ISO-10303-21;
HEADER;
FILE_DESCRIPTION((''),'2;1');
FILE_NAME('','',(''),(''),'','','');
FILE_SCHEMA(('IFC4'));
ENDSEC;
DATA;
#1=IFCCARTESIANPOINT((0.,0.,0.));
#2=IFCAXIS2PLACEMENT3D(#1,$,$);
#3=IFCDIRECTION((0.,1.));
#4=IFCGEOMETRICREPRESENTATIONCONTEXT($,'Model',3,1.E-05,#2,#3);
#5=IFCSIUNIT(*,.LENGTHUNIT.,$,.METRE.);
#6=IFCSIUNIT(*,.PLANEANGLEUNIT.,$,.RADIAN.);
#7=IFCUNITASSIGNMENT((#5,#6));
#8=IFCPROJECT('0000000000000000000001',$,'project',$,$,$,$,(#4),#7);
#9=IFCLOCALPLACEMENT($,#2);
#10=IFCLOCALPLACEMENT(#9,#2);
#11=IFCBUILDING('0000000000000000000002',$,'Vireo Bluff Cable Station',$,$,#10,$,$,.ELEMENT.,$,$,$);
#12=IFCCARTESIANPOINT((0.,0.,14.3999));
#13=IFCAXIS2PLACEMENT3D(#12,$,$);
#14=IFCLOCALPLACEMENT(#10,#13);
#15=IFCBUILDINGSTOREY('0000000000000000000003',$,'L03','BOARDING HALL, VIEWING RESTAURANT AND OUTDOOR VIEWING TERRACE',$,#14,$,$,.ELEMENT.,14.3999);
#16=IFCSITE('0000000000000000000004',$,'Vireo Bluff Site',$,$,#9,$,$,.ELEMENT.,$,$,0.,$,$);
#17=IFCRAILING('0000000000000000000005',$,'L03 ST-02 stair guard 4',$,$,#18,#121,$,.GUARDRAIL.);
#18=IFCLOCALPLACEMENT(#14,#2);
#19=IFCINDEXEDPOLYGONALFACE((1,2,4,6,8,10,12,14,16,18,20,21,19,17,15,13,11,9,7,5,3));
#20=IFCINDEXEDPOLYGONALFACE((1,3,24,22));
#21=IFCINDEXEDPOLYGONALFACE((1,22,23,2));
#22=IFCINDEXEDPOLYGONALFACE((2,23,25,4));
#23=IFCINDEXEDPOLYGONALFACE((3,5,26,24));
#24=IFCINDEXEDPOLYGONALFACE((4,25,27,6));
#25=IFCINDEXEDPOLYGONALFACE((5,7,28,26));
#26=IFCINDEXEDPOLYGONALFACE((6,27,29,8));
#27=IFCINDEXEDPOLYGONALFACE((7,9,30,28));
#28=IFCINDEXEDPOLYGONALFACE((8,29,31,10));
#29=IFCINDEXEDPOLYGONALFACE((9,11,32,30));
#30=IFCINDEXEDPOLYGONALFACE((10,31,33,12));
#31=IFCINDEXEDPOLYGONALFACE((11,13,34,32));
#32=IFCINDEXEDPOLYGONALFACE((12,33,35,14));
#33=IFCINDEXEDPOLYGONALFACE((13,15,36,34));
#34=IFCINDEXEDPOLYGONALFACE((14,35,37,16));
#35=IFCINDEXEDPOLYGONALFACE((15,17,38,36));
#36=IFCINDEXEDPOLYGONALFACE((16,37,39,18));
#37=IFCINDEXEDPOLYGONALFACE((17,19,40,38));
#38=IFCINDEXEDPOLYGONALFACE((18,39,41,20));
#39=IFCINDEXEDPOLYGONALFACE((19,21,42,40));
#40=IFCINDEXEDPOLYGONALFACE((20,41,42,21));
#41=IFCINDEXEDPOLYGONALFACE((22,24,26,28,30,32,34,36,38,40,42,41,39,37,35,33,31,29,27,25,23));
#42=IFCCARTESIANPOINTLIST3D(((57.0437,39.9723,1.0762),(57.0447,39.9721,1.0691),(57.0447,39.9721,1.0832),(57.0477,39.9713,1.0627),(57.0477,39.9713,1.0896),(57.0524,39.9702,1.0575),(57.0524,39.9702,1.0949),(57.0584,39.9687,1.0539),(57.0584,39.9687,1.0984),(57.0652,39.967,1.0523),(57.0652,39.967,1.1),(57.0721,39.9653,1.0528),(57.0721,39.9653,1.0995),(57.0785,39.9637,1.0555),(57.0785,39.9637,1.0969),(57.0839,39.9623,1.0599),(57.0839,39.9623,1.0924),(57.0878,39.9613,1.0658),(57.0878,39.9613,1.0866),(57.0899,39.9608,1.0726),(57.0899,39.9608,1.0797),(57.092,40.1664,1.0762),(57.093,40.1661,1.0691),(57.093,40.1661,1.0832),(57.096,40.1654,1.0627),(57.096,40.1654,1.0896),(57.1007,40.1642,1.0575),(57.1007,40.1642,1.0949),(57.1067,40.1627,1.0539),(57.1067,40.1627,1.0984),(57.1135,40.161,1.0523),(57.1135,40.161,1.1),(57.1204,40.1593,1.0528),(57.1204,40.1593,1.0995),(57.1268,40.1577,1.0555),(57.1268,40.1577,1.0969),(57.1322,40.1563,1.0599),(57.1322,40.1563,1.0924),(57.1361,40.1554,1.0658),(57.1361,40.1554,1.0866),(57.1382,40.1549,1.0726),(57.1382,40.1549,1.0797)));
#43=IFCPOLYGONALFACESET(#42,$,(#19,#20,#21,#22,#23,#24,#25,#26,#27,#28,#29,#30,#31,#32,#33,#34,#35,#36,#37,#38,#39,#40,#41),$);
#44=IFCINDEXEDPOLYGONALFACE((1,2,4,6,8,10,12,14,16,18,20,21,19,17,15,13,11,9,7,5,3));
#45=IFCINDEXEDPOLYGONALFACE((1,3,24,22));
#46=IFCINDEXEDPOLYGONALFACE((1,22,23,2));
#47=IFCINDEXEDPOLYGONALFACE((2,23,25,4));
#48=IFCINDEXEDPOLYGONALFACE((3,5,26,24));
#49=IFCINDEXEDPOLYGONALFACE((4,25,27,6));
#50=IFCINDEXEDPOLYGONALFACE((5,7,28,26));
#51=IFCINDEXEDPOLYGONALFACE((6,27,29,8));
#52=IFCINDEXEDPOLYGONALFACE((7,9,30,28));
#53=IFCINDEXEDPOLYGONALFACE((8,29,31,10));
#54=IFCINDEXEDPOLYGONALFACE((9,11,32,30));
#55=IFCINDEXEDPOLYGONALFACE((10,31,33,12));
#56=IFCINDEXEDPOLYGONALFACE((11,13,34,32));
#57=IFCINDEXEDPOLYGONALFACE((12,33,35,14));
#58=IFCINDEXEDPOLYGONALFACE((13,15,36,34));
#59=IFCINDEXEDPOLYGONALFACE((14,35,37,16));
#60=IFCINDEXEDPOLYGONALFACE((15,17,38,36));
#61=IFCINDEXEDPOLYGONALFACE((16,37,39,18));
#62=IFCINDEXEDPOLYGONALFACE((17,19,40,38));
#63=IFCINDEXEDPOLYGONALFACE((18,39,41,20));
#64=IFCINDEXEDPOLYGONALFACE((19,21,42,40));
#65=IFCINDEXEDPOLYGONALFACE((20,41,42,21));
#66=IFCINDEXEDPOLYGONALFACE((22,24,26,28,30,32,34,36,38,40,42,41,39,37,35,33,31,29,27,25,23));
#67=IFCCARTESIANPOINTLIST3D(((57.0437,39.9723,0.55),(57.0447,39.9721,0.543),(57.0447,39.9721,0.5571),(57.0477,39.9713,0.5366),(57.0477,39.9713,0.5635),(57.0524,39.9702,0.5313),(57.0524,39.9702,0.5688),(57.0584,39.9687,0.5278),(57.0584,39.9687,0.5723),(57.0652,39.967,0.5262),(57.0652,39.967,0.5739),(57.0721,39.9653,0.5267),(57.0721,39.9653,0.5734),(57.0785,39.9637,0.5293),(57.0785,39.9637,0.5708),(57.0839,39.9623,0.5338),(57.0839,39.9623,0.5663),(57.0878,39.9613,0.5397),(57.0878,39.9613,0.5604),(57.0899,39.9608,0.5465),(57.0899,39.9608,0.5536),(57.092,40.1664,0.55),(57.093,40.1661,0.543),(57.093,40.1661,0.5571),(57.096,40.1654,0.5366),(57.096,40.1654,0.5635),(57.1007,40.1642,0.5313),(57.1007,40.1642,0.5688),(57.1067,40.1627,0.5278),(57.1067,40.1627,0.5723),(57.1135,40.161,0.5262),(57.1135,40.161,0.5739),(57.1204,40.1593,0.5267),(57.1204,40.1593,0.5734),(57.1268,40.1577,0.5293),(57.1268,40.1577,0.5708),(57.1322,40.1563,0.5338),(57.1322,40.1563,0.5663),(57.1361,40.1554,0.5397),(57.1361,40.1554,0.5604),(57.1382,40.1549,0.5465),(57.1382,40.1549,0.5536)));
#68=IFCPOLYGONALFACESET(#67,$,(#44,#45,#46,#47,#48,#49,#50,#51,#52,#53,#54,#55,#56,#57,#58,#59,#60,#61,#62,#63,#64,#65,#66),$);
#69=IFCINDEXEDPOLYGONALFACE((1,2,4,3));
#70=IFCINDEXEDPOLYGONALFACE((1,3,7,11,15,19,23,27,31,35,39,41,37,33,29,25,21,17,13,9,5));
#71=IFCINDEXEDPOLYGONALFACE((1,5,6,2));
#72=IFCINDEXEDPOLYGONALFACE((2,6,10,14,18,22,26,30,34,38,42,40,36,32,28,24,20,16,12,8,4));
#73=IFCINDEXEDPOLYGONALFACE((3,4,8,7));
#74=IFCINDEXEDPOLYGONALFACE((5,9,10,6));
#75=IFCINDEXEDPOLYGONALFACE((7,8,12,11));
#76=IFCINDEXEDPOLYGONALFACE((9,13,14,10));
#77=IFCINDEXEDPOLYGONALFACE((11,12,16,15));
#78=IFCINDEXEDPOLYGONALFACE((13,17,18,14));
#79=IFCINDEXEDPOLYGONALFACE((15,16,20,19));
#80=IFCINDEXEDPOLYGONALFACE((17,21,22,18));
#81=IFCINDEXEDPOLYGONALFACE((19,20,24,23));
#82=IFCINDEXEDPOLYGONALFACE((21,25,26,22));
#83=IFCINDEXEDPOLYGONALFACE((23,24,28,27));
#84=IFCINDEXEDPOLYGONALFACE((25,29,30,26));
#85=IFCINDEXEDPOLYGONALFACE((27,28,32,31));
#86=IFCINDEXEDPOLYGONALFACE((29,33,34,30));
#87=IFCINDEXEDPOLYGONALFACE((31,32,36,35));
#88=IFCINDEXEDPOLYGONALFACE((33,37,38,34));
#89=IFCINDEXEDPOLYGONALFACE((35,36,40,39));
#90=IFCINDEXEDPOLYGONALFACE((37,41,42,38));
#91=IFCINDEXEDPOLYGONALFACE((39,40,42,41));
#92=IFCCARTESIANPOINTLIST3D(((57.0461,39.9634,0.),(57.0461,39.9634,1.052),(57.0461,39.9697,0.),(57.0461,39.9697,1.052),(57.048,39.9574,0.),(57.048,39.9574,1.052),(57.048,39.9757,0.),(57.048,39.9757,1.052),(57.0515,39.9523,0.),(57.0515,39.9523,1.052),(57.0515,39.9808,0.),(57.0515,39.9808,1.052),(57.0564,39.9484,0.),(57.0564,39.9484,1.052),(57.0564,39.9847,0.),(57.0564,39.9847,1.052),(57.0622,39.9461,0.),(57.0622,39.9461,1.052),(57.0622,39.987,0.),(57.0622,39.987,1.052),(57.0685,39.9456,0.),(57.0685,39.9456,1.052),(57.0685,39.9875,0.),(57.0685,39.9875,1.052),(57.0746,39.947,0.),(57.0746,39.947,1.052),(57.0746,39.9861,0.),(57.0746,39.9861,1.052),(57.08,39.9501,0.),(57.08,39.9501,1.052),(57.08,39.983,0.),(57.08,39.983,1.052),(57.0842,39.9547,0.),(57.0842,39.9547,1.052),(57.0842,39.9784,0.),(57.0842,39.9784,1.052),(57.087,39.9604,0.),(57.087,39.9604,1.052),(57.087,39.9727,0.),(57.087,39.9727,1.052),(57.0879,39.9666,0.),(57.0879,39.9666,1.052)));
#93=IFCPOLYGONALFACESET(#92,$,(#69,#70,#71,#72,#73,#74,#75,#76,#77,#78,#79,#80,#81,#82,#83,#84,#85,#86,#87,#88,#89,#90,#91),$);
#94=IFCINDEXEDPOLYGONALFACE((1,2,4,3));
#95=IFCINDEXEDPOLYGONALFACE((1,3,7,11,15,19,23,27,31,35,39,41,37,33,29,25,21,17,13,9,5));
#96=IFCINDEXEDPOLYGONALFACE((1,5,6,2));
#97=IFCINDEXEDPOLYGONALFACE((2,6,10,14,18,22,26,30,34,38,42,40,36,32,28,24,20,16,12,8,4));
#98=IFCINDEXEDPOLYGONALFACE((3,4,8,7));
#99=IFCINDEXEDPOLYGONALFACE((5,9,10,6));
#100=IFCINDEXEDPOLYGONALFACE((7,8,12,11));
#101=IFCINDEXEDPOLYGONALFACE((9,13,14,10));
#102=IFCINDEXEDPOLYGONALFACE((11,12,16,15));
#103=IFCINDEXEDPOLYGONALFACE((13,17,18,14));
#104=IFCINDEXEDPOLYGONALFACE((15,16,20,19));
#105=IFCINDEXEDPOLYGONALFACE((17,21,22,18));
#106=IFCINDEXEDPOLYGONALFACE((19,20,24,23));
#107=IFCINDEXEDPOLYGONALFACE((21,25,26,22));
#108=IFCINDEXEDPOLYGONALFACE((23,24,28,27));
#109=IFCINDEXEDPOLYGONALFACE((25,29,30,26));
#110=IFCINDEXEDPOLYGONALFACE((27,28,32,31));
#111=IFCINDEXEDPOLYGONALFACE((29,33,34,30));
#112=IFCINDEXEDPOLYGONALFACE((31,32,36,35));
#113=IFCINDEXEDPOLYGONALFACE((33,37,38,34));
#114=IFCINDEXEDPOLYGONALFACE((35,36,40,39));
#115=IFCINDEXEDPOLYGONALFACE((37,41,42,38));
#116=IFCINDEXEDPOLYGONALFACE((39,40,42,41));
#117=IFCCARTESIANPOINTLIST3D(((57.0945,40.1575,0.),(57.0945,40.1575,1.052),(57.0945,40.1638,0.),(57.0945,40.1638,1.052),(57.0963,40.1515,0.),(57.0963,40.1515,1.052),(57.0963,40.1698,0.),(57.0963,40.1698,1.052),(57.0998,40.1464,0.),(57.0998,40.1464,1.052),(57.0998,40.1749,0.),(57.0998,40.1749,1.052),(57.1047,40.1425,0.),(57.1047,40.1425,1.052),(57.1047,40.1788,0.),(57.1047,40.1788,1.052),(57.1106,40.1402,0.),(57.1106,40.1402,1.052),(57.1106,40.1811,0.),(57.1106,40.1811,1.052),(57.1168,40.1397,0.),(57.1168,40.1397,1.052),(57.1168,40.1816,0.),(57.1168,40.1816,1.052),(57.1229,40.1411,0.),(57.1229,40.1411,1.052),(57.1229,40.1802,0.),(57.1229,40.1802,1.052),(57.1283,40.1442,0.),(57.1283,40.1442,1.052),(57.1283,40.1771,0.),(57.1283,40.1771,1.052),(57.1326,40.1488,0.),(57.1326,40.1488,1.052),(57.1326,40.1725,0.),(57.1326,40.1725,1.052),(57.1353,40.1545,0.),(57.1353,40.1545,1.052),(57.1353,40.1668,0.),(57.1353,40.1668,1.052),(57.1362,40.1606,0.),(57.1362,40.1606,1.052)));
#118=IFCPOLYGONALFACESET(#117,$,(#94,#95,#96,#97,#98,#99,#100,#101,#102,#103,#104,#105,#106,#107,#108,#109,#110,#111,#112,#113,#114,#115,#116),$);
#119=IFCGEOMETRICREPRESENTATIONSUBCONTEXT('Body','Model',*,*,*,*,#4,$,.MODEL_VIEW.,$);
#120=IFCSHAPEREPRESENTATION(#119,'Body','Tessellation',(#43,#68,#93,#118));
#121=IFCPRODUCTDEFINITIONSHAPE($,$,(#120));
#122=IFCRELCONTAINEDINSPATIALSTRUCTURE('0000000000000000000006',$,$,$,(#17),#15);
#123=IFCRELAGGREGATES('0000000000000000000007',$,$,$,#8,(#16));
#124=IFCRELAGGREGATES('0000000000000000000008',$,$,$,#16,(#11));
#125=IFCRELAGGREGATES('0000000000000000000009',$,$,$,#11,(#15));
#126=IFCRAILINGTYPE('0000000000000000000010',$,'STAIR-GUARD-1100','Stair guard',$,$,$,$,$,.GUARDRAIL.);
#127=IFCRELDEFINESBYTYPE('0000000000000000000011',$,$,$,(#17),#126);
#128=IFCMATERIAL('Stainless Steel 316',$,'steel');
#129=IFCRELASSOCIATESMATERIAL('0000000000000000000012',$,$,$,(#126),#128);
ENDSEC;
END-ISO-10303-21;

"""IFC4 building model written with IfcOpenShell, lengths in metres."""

from ifc_helpers import new_model, si_unit, direction, frame, origin, origin_2d, place, context, subcontext, project, spatial, circle, extrude, material, type_object, element, save


model = new_model("IFC4")

# Units and contexts
model_context = context("Model", 3, precision=1e-05, world=origin(), true_north=direction((0.0, 1.0)))
body_context = subcontext(model_context, "Body", "Model", "MODEL_VIEW")
ifc_project = project(units=[si_unit("LENGTHUNIT", "METRE"), si_unit("PLANEANGLEUNIT", "RADIAN")], contexts=[model_context])

# Site, building, storey
site_placement = place(None, origin())
site = spatial("IfcSite", under=ifc_project, at=site_placement, Name="Vireo Bluff Site", CompositionType="ELEMENT", RefElevation=0.0)
building_placement = place(site_placement, origin())
building = spatial("IfcBuilding", under=site, at=building_placement, Name="Vireo Bluff Cable Station", CompositionType="ELEMENT")
storey_placement = place(building_placement, frame((0.0, 0.0, 14.3999)))
storey = spatial("IfcBuildingStorey", under=building, at=storey_placement, Name="L03", Description="BOARDING HALL, VIEWING RESTAURANT AND OUTDOOR VIEWING TERRACE", CompositionType="ELEMENT", Elevation=14.3999)

# Railing
ifc_material_1 = material(Name="Stainless Steel 316", Category="steel")
railing_type_1 = type_object("IfcRailingType", Name="STAIR-GUARD-1100", Description="Stair guard", PredefinedType="GUARDRAIL", material=ifc_material_1)
railing_1_placement = place(storey_placement, frame((57.0669, 39.9666, 0.0)))
element("IfcRailing", 1, at=railing_1_placement, inside=storey, type_object=railing_type_1, Name="L03 ST-02 stair guard 4", PredefinedType="GUARDRAIL", context=body_context, shape_type="SweptSolid", body=[
    extrude(circle(Radius=0.0239, at=origin_2d()), frame((0.0, 0.0, 1.0762), z_axis=(0.241674, 0.970358, 0.0), x_axis=(-0.970358, 0.241674, 0.0)), (0.0, 0.0, 1.0), 0.2),
    extrude(circle(Radius=0.0239, at=origin_2d()), frame((0.0, 0.0, 0.55), z_axis=(0.241674, 0.970358, 0.0), x_axis=(-0.970358, 0.241674, 0.0)), (0.0, 0.0, 1.0), 0.2),
    extrude(circle(Radius=0.021, at=origin_2d()), origin(), (0.0, 0.0, 1.0), 1.052),
    extrude(circle(Radius=0.021, at=origin_2d()), frame((0.0483, 0.1941, 0.0)), (0.0, 0.0, 1.0), 1.052),
])

save(model, "model.ifc")
